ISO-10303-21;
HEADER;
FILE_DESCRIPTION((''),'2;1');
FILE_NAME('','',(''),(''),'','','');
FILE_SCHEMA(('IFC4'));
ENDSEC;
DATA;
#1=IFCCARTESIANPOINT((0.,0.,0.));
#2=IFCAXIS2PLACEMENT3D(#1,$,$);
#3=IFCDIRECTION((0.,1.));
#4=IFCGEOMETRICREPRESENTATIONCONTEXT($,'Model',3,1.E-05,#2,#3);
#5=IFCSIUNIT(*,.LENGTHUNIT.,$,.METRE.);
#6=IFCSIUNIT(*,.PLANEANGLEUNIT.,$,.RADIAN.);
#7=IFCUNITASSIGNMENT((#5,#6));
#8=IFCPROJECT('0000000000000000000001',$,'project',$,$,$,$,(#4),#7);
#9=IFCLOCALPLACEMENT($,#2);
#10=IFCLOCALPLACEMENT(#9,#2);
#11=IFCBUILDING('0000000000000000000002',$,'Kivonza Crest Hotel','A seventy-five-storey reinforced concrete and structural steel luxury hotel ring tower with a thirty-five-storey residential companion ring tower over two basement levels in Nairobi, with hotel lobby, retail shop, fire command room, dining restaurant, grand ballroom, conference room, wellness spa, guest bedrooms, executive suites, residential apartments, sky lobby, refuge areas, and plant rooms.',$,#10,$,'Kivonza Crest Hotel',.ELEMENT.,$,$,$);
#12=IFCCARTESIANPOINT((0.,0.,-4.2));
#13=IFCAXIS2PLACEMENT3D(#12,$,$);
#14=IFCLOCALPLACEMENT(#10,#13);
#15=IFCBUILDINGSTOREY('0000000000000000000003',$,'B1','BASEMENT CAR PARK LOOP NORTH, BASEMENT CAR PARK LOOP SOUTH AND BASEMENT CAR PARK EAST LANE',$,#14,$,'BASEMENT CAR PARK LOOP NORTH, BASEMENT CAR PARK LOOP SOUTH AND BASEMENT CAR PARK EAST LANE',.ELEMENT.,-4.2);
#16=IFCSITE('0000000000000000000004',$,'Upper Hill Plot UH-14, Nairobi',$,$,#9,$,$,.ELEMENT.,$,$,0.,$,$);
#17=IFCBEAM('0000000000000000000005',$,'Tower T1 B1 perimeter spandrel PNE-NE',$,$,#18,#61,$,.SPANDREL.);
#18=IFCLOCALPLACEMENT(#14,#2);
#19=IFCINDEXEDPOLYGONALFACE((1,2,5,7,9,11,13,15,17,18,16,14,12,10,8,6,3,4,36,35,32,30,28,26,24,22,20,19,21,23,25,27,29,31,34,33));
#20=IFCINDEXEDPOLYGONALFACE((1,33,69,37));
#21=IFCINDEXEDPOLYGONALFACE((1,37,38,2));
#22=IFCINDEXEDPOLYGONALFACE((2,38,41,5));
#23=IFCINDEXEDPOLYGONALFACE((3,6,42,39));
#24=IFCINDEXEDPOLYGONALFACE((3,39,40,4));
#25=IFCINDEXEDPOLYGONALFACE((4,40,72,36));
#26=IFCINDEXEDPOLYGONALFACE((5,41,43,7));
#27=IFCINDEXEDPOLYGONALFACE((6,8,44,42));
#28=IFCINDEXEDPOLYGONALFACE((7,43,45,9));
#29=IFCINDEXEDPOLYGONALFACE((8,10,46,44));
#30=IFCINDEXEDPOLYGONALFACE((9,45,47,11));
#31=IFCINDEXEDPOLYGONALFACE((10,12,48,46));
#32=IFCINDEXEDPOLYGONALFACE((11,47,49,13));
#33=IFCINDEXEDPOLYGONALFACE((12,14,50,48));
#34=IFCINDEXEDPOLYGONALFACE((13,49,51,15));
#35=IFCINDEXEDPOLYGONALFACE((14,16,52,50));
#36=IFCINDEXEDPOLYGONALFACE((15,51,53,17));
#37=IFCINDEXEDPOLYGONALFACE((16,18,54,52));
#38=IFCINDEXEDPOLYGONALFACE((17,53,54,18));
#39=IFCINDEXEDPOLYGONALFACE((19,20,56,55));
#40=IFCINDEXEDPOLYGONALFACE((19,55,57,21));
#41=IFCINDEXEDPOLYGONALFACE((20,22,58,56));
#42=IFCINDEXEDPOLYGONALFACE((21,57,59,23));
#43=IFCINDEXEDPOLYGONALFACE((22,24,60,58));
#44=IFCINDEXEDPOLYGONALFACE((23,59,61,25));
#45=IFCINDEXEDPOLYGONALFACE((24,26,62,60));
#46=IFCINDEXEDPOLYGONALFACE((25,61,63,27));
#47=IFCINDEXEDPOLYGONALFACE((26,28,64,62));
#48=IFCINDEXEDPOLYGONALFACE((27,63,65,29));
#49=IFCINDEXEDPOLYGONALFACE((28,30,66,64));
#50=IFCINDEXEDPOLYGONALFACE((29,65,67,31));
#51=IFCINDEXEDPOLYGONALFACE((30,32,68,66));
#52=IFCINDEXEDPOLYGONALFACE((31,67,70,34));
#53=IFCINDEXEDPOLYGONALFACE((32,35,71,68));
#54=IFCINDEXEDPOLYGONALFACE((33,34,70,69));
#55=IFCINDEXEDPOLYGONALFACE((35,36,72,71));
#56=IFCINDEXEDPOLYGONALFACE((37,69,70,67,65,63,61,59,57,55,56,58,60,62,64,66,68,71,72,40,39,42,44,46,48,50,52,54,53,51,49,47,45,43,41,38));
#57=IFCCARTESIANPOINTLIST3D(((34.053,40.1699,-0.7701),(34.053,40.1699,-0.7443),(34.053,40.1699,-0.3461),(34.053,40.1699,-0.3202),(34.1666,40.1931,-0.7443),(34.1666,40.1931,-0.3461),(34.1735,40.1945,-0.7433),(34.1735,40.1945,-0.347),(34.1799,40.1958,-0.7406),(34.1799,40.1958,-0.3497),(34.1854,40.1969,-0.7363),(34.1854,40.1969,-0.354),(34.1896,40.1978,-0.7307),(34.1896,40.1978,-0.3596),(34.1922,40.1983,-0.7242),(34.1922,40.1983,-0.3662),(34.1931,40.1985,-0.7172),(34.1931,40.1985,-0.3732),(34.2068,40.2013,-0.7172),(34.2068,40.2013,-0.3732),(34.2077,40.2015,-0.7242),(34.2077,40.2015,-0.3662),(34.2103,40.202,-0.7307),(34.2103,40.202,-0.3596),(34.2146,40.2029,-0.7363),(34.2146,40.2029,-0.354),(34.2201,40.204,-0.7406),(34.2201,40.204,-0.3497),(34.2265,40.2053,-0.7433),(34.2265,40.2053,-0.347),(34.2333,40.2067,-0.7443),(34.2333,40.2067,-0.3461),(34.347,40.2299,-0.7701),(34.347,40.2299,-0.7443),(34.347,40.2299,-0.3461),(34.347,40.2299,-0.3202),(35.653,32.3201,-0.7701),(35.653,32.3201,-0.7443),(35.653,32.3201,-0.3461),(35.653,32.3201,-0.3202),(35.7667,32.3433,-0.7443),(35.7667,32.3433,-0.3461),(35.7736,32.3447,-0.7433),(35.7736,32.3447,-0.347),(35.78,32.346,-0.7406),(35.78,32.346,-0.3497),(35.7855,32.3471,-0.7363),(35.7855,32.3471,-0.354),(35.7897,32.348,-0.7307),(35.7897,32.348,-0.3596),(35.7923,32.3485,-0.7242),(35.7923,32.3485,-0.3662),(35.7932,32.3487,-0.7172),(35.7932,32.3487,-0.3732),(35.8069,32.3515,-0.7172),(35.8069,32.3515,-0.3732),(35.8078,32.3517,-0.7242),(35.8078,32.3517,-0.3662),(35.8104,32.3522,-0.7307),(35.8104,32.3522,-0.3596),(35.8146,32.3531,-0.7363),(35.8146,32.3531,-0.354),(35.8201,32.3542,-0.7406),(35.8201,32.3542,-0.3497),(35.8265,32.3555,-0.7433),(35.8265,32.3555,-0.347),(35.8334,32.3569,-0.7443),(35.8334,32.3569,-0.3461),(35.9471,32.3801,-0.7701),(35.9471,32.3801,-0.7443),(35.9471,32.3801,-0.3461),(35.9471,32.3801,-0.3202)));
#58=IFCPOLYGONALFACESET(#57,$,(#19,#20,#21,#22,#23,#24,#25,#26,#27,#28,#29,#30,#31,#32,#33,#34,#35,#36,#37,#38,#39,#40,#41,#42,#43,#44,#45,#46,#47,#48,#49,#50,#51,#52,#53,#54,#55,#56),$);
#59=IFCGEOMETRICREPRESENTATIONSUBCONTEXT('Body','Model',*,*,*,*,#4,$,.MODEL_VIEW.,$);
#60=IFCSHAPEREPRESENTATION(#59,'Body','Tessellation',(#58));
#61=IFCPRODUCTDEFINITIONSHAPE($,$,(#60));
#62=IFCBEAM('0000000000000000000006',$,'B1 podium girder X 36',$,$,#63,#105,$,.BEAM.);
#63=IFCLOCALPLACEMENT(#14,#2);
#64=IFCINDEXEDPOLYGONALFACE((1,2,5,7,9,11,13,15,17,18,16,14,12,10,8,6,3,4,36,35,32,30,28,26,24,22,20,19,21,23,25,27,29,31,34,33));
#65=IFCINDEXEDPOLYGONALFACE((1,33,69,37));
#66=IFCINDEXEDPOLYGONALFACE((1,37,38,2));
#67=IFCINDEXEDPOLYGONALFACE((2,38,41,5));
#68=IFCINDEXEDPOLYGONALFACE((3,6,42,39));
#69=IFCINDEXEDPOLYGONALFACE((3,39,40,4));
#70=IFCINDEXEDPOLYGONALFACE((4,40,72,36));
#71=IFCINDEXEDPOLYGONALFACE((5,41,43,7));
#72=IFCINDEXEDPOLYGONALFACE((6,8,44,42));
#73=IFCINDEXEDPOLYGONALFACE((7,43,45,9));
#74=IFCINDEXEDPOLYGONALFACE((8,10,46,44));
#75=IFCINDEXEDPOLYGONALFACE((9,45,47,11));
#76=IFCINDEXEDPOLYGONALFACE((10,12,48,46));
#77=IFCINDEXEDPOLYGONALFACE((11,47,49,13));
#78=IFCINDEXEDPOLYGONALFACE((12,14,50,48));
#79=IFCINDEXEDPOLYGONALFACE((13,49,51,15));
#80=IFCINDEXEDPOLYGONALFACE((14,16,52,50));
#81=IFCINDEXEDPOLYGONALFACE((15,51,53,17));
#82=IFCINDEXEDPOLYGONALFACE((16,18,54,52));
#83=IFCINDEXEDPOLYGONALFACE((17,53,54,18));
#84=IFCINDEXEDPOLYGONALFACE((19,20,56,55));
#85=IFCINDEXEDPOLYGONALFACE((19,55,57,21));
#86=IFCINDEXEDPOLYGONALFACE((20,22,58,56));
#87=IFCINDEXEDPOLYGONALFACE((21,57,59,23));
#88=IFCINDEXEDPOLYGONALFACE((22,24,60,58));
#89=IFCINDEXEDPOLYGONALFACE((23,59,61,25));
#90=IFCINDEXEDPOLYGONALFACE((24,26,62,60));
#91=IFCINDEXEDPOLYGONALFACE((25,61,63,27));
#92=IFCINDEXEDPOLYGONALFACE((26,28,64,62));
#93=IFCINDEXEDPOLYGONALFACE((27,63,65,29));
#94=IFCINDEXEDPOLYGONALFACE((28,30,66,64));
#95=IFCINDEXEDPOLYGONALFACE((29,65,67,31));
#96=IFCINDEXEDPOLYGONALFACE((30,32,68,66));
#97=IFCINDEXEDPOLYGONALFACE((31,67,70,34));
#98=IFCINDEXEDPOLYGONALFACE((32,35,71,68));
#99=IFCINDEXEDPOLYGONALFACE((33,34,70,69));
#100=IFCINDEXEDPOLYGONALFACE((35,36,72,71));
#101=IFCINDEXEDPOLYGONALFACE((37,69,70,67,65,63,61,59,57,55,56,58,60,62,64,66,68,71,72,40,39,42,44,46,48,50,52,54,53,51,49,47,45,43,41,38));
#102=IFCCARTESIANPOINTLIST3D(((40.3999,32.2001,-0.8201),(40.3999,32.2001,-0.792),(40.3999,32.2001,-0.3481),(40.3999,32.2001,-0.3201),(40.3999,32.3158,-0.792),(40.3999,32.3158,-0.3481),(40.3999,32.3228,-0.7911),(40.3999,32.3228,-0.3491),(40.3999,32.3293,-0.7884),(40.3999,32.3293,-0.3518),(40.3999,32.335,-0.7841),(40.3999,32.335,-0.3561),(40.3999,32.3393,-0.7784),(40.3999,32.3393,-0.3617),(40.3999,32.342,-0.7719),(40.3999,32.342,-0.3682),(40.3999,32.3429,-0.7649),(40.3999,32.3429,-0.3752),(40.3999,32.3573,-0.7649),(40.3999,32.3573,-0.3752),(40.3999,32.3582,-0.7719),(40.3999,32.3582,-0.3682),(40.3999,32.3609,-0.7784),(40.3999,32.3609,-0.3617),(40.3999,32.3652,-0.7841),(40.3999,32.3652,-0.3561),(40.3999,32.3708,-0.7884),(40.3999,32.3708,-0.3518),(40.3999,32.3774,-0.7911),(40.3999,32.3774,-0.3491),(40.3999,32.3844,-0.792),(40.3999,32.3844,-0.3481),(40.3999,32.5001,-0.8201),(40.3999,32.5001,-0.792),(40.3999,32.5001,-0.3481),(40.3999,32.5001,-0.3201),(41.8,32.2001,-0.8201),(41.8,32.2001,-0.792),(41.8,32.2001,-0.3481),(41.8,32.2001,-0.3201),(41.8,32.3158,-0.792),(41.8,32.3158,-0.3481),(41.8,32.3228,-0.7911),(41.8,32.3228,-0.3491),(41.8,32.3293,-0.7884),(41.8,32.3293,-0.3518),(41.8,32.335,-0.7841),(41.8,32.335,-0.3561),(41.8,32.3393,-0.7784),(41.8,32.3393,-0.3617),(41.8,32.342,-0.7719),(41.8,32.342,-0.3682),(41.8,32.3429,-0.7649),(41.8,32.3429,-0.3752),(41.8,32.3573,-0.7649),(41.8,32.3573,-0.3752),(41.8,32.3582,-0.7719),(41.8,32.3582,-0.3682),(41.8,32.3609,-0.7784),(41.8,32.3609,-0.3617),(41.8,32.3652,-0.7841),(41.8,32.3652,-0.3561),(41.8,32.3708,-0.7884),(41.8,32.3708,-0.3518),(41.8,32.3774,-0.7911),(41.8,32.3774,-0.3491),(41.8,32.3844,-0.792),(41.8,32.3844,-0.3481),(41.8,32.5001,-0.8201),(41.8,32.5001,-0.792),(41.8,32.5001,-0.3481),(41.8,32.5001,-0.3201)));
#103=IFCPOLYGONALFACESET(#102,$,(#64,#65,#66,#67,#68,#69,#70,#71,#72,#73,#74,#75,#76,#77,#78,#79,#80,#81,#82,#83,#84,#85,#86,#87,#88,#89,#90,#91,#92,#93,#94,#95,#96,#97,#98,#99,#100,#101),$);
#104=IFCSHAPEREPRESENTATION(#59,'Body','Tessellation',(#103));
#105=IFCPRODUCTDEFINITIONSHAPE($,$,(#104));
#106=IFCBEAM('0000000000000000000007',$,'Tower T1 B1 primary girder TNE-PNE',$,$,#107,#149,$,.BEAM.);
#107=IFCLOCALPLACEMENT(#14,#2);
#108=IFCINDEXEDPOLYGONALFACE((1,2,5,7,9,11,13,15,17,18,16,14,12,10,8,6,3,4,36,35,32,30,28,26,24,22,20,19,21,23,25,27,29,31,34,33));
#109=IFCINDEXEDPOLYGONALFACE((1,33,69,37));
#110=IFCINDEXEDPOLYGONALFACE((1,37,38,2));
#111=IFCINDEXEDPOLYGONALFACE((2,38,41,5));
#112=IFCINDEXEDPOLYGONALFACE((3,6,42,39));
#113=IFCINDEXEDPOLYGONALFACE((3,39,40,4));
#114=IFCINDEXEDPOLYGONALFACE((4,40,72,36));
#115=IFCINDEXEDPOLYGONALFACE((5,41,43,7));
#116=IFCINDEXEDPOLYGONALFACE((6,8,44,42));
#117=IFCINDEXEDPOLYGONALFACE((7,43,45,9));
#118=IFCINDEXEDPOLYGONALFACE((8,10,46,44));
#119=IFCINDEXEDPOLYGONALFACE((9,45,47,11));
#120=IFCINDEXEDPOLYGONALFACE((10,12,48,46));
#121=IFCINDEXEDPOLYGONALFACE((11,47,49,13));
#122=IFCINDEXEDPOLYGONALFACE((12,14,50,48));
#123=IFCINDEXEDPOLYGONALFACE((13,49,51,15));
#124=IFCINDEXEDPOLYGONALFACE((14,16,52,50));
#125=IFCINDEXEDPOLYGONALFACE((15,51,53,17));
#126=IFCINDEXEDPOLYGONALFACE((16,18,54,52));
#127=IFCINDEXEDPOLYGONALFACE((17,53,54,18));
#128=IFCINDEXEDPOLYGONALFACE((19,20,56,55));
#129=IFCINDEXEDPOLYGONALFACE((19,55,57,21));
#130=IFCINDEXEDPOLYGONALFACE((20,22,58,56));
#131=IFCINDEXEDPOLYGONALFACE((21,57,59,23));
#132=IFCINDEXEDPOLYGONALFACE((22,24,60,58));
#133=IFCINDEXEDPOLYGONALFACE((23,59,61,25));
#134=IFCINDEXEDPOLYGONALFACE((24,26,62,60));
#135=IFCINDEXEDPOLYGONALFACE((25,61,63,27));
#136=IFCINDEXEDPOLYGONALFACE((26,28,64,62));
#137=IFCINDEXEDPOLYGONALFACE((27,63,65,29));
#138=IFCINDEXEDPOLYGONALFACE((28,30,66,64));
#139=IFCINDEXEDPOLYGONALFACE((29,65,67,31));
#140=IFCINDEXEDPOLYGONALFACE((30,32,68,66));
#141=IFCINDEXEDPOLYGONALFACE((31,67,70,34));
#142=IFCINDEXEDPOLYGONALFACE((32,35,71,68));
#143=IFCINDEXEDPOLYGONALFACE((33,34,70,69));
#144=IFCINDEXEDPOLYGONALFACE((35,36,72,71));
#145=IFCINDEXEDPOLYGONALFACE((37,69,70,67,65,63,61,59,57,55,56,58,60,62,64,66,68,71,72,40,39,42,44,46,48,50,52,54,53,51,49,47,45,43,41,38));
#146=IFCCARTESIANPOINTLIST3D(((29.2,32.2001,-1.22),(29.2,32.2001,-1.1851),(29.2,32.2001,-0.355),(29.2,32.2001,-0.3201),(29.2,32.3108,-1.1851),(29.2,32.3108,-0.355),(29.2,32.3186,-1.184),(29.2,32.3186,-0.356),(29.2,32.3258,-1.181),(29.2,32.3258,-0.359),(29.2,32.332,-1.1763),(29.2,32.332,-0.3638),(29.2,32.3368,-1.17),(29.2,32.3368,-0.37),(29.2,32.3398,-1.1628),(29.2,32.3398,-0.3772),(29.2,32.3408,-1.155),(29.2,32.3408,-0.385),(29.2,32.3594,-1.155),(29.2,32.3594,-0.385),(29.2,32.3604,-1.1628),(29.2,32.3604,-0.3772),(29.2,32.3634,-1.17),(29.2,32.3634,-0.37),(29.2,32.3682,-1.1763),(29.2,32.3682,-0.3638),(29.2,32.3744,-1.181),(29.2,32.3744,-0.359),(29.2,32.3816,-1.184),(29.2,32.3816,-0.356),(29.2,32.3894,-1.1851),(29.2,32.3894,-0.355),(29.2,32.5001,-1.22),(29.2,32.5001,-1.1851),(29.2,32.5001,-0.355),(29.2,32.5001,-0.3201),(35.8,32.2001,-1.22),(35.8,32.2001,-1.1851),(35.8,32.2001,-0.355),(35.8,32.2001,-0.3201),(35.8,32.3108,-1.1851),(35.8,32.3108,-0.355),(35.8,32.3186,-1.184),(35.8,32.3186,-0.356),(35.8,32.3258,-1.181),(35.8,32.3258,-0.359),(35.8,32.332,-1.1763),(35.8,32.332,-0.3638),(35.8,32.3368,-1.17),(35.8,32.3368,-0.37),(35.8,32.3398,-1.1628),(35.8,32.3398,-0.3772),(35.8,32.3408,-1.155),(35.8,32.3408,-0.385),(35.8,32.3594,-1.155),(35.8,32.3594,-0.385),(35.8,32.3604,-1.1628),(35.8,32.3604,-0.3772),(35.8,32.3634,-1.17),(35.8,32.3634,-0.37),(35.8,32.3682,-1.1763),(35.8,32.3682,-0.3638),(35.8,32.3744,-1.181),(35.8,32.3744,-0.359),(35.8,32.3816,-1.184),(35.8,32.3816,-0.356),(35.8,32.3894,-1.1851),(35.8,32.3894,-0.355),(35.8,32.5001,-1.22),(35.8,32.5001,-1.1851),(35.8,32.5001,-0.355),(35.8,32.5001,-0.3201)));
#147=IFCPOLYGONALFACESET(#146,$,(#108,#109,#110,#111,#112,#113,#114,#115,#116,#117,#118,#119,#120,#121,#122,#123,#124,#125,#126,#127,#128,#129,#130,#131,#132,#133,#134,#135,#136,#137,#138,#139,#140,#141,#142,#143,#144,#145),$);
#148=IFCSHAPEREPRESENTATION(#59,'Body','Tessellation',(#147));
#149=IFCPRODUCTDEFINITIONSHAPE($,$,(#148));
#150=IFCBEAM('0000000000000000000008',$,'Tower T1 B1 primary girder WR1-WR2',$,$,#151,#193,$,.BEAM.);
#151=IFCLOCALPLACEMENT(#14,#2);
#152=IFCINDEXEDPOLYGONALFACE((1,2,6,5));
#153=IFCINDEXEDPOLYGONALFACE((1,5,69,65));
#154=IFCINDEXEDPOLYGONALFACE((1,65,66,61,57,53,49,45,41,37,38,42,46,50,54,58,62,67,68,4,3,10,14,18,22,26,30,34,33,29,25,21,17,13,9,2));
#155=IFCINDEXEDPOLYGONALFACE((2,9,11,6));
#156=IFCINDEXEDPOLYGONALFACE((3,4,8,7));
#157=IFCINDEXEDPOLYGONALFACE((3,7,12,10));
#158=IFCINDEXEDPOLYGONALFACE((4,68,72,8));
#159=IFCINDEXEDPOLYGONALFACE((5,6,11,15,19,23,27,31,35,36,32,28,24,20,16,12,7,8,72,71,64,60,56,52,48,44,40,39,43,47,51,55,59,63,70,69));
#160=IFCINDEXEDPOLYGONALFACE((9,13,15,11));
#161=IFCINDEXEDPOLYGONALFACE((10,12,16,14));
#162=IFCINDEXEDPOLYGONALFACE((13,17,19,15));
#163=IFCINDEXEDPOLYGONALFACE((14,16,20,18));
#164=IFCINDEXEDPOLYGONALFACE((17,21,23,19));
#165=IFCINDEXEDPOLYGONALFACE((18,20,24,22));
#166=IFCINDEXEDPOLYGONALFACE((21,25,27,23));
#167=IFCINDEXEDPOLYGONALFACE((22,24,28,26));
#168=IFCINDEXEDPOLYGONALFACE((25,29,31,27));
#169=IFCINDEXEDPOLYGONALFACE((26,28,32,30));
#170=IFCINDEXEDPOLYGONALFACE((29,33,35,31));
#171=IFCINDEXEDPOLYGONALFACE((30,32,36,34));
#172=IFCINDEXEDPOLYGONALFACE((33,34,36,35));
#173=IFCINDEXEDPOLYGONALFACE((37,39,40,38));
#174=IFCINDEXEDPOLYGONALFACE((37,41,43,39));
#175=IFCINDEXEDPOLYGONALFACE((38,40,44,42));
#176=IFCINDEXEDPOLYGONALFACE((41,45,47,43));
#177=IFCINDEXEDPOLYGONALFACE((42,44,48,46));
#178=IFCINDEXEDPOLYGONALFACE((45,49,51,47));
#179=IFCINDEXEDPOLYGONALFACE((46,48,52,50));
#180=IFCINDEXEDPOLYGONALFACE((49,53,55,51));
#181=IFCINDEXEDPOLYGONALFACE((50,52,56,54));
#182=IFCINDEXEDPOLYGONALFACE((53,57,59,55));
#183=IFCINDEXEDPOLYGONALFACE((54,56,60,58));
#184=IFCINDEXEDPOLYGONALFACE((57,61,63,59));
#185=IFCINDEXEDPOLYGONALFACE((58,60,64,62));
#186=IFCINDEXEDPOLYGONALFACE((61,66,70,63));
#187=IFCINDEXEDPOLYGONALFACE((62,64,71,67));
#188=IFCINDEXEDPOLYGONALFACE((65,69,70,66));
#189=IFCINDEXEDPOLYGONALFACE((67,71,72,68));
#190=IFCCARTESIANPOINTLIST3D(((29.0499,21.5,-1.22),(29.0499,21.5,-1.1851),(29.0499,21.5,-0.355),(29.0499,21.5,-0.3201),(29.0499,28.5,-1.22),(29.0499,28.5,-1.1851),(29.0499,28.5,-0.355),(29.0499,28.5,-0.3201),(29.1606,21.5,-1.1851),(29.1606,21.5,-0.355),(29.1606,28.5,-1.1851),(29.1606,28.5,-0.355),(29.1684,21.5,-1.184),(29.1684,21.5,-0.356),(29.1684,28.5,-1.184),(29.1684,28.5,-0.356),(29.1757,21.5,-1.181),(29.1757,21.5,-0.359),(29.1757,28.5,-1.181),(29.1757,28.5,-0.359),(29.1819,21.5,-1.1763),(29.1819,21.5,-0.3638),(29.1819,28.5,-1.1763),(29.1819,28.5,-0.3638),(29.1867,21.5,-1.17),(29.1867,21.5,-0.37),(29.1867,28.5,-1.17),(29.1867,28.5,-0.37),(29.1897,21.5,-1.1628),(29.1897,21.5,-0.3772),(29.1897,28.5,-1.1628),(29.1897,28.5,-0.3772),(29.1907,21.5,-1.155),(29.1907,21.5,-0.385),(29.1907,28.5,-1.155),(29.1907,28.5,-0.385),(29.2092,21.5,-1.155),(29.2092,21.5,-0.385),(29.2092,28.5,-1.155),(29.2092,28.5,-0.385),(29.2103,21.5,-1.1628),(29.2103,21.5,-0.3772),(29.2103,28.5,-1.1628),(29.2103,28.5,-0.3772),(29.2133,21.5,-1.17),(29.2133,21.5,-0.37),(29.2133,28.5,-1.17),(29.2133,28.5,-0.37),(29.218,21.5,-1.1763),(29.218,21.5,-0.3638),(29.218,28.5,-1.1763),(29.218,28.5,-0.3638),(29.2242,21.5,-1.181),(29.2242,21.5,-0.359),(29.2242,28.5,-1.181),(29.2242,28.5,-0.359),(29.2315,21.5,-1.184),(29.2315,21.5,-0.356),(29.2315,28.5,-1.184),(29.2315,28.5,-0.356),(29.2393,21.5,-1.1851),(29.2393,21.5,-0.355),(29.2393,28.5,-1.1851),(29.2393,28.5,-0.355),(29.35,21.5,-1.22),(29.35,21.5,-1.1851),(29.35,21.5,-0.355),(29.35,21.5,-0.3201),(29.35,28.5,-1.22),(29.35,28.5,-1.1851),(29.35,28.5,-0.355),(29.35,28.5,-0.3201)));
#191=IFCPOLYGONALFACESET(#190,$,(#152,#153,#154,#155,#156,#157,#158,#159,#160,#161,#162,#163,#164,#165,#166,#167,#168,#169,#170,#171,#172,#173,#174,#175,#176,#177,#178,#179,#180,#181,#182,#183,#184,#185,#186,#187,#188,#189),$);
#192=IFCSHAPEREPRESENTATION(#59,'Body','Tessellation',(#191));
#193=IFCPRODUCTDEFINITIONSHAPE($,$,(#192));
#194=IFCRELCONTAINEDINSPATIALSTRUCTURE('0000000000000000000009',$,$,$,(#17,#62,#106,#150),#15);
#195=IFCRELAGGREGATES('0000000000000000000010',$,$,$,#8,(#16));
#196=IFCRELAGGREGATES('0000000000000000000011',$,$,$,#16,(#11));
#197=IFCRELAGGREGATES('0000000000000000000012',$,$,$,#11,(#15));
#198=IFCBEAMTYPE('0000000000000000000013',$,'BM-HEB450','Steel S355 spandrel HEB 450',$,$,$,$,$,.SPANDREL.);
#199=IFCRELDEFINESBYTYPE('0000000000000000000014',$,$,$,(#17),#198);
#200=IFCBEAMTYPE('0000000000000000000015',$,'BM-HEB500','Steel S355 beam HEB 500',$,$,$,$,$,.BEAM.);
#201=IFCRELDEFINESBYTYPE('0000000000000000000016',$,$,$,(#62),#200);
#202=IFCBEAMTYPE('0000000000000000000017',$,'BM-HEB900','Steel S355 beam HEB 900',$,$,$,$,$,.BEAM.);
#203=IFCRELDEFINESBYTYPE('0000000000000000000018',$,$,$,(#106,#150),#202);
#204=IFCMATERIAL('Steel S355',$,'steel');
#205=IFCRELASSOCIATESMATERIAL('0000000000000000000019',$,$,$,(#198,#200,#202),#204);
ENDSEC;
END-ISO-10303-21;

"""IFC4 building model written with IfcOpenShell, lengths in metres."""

from ifc_helpers import new_model, si_unit, direction, frame, origin, origin_2d, place, context, subcontext, project, spatial, i_section, extrude, material, material_profile, profile_set, type_object, element, save


model = new_model("IFC4")

# Units and contexts
model_context = context("Model", 3, precision=1e-05, world=origin(), true_north=direction((0.0, 1.0)))
body_context = subcontext(model_context, "Body", "Model", "MODEL_VIEW")
ifc_project = project(units=[si_unit("LENGTHUNIT", "METRE"), si_unit("PLANEANGLEUNIT", "RADIAN")], contexts=[model_context])

# Site, building, storey
site_placement = place(None, origin())
site = spatial("IfcSite", under=ifc_project, at=site_placement, Name="Upper Hill Plot UH-14, Nairobi", CompositionType="ELEMENT", RefElevation=0.0)
building_placement = place(site_placement, origin())
building = spatial("IfcBuilding", under=site, at=building_placement, Name="Kivonza Crest Hotel", Description="A seventy-five-storey reinforced concrete and structural steel luxury hotel ring tower with a thirty-five-storey residential companion ring tower over two basement levels in Nairobi, with hotel lobby, retail shop, fire command room, dining restaurant, grand ballroom, conference room, wellness spa, guest bedrooms, executive suites, residential apartments, sky lobby, refuge areas, and plant rooms.", LongName="Kivonza Crest Hotel", CompositionType="ELEMENT")
storey_placement = place(building_placement, frame((0.0, 0.0, -4.2)))
storey = spatial("IfcBuildingStorey", under=building, at=storey_placement, Name="B1", Description="BASEMENT CAR PARK LOOP NORTH, BASEMENT CAR PARK LOOP SOUTH AND BASEMENT CAR PARK EAST LANE", LongName="BASEMENT CAR PARK LOOP NORTH, BASEMENT CAR PARK LOOP SOUTH AND BASEMENT CAR PARK EAST LANE", CompositionType="ELEMENT", Elevation=-4.2)

# Beams
ifc_material_1 = material(Name="Steel S355", Category="steel")
ifc_material_profile_1 = material_profile(ifc_material_1, i_section(OverallWidth=0.3, OverallDepth=0.45, WebThickness=0.0139, FlangeThickness=0.0259, FilletRadius=0.0271, at=origin_2d()), Name="HEB 450")
ifc_profile_set_1 = profile_set([ifc_material_profile_1], Name="Steel S355")
beam_type_1 = type_object("IfcBeamType", Name="BM-HEB450", Description="Steel S355 spandrel HEB 450", PredefinedType="SPANDREL", material=ifc_profile_set_1)
beam_1_placement = place(storey_placement, frame((35.8, 32.3501, -0.5452), z_axis=(-0.199731, 0.979851, 0.0), x_axis=(-0.979851, -0.199731, 0.0)))
element("IfcBeam", 1, at=beam_1_placement, inside=storey, type_object=beam_type_1, Name="Tower T1 B1 perimeter spandrel PNE-NE", PredefinedType="SPANDREL", context=body_context, shape_type="SweptSolid", body=[
    extrude(i_section(OverallWidth=0.3, OverallDepth=0.45, WebThickness=0.0139, FlangeThickness=0.0259, FilletRadius=0.0271, at=origin_2d()), origin(), (0.0, 0.0, 1.0), 8.0112),
])
ifc_material_profile_2 = material_profile(ifc_material_1, i_section(OverallWidth=0.3, OverallDepth=0.5, WebThickness=0.0144, FlangeThickness=0.0281, FilletRadius=0.0271, at=origin_2d()), Name="HEB 500")
ifc_profile_set_2 = profile_set([ifc_material_profile_2], Name="Steel S355")
beam_type_2 = type_object("IfcBeamType", Name="BM-HEB500", Description="Steel S355 beam HEB 500", PredefinedType="BEAM", material=ifc_profile_set_2)
beam_2_placement = place(storey_placement, frame((40.3999, 32.3501, -0.5701), z_axis=(1.0, 0.0, 0.0), x_axis=(0.0, 1.0, 0.0)))
element("IfcBeam", 2, at=beam_2_placement, inside=storey, type_object=beam_type_2, Name="B1 podium girder X 36", PredefinedType="BEAM", context=body_context, shape_type="SweptSolid", body=[
    extrude(i_section(OverallWidth=0.3, OverallDepth=0.5, WebThickness=0.0144, FlangeThickness=0.0281, FilletRadius=0.0271, at=origin_2d()), origin(), (0.0, 0.0, 1.0), 1.4001),
])
ifc_material_profile_3 = material_profile(ifc_material_1, i_section(OverallWidth=0.3, OverallDepth=0.8999, WebThickness=0.0186, FlangeThickness=0.0349, FilletRadius=0.03, at=origin_2d()), Name="HEB 900")
ifc_profile_set_3 = profile_set([ifc_material_profile_3], Name="Steel S355")
beam_type_3 = type_object("IfcBeamType", Name="BM-HEB900", Description="Steel S355 beam HEB 900", PredefinedType="BEAM", material=ifc_profile_set_3)
beam_3_placement = place(storey_placement, frame((29.2, 32.3501, -0.77), z_axis=(1.0, 0.0, 0.0), x_axis=(0.0, 1.0, 0.0)))
element("IfcBeam", 3, at=beam_3_placement, inside=storey, type_object=beam_type_3, Name="Tower T1 B1 primary girder TNE-PNE", PredefinedType="BEAM", context=body_context, shape_type="SweptSolid", body=[
    extrude(i_section(OverallWidth=0.3, OverallDepth=0.8999, WebThickness=0.0186, FlangeThickness=0.0349, FilletRadius=0.03, at=origin_2d()), origin(), (0.0, 0.0, 1.0), 6.6001),
])
beam_4_placement = place(storey_placement, frame((29.2, 21.5, -0.77), z_axis=(0.0, 1.0, 0.0), x_axis=(-1.0, 0.0, 0.0)))
element("IfcBeam", 4, at=beam_4_placement, inside=storey, type_object=beam_type_3, Name="Tower T1 B1 primary girder WR1-WR2", PredefinedType="BEAM", context=body_context, shape_type="SweptSolid", body=[
    extrude(i_section(OverallWidth=0.3, OverallDepth=0.8999, WebThickness=0.0186, FlangeThickness=0.0349, FilletRadius=0.03, at=origin_2d()), origin(), (0.0, 0.0, 1.0), 7.0),
])

save(model, "model.ifc")
